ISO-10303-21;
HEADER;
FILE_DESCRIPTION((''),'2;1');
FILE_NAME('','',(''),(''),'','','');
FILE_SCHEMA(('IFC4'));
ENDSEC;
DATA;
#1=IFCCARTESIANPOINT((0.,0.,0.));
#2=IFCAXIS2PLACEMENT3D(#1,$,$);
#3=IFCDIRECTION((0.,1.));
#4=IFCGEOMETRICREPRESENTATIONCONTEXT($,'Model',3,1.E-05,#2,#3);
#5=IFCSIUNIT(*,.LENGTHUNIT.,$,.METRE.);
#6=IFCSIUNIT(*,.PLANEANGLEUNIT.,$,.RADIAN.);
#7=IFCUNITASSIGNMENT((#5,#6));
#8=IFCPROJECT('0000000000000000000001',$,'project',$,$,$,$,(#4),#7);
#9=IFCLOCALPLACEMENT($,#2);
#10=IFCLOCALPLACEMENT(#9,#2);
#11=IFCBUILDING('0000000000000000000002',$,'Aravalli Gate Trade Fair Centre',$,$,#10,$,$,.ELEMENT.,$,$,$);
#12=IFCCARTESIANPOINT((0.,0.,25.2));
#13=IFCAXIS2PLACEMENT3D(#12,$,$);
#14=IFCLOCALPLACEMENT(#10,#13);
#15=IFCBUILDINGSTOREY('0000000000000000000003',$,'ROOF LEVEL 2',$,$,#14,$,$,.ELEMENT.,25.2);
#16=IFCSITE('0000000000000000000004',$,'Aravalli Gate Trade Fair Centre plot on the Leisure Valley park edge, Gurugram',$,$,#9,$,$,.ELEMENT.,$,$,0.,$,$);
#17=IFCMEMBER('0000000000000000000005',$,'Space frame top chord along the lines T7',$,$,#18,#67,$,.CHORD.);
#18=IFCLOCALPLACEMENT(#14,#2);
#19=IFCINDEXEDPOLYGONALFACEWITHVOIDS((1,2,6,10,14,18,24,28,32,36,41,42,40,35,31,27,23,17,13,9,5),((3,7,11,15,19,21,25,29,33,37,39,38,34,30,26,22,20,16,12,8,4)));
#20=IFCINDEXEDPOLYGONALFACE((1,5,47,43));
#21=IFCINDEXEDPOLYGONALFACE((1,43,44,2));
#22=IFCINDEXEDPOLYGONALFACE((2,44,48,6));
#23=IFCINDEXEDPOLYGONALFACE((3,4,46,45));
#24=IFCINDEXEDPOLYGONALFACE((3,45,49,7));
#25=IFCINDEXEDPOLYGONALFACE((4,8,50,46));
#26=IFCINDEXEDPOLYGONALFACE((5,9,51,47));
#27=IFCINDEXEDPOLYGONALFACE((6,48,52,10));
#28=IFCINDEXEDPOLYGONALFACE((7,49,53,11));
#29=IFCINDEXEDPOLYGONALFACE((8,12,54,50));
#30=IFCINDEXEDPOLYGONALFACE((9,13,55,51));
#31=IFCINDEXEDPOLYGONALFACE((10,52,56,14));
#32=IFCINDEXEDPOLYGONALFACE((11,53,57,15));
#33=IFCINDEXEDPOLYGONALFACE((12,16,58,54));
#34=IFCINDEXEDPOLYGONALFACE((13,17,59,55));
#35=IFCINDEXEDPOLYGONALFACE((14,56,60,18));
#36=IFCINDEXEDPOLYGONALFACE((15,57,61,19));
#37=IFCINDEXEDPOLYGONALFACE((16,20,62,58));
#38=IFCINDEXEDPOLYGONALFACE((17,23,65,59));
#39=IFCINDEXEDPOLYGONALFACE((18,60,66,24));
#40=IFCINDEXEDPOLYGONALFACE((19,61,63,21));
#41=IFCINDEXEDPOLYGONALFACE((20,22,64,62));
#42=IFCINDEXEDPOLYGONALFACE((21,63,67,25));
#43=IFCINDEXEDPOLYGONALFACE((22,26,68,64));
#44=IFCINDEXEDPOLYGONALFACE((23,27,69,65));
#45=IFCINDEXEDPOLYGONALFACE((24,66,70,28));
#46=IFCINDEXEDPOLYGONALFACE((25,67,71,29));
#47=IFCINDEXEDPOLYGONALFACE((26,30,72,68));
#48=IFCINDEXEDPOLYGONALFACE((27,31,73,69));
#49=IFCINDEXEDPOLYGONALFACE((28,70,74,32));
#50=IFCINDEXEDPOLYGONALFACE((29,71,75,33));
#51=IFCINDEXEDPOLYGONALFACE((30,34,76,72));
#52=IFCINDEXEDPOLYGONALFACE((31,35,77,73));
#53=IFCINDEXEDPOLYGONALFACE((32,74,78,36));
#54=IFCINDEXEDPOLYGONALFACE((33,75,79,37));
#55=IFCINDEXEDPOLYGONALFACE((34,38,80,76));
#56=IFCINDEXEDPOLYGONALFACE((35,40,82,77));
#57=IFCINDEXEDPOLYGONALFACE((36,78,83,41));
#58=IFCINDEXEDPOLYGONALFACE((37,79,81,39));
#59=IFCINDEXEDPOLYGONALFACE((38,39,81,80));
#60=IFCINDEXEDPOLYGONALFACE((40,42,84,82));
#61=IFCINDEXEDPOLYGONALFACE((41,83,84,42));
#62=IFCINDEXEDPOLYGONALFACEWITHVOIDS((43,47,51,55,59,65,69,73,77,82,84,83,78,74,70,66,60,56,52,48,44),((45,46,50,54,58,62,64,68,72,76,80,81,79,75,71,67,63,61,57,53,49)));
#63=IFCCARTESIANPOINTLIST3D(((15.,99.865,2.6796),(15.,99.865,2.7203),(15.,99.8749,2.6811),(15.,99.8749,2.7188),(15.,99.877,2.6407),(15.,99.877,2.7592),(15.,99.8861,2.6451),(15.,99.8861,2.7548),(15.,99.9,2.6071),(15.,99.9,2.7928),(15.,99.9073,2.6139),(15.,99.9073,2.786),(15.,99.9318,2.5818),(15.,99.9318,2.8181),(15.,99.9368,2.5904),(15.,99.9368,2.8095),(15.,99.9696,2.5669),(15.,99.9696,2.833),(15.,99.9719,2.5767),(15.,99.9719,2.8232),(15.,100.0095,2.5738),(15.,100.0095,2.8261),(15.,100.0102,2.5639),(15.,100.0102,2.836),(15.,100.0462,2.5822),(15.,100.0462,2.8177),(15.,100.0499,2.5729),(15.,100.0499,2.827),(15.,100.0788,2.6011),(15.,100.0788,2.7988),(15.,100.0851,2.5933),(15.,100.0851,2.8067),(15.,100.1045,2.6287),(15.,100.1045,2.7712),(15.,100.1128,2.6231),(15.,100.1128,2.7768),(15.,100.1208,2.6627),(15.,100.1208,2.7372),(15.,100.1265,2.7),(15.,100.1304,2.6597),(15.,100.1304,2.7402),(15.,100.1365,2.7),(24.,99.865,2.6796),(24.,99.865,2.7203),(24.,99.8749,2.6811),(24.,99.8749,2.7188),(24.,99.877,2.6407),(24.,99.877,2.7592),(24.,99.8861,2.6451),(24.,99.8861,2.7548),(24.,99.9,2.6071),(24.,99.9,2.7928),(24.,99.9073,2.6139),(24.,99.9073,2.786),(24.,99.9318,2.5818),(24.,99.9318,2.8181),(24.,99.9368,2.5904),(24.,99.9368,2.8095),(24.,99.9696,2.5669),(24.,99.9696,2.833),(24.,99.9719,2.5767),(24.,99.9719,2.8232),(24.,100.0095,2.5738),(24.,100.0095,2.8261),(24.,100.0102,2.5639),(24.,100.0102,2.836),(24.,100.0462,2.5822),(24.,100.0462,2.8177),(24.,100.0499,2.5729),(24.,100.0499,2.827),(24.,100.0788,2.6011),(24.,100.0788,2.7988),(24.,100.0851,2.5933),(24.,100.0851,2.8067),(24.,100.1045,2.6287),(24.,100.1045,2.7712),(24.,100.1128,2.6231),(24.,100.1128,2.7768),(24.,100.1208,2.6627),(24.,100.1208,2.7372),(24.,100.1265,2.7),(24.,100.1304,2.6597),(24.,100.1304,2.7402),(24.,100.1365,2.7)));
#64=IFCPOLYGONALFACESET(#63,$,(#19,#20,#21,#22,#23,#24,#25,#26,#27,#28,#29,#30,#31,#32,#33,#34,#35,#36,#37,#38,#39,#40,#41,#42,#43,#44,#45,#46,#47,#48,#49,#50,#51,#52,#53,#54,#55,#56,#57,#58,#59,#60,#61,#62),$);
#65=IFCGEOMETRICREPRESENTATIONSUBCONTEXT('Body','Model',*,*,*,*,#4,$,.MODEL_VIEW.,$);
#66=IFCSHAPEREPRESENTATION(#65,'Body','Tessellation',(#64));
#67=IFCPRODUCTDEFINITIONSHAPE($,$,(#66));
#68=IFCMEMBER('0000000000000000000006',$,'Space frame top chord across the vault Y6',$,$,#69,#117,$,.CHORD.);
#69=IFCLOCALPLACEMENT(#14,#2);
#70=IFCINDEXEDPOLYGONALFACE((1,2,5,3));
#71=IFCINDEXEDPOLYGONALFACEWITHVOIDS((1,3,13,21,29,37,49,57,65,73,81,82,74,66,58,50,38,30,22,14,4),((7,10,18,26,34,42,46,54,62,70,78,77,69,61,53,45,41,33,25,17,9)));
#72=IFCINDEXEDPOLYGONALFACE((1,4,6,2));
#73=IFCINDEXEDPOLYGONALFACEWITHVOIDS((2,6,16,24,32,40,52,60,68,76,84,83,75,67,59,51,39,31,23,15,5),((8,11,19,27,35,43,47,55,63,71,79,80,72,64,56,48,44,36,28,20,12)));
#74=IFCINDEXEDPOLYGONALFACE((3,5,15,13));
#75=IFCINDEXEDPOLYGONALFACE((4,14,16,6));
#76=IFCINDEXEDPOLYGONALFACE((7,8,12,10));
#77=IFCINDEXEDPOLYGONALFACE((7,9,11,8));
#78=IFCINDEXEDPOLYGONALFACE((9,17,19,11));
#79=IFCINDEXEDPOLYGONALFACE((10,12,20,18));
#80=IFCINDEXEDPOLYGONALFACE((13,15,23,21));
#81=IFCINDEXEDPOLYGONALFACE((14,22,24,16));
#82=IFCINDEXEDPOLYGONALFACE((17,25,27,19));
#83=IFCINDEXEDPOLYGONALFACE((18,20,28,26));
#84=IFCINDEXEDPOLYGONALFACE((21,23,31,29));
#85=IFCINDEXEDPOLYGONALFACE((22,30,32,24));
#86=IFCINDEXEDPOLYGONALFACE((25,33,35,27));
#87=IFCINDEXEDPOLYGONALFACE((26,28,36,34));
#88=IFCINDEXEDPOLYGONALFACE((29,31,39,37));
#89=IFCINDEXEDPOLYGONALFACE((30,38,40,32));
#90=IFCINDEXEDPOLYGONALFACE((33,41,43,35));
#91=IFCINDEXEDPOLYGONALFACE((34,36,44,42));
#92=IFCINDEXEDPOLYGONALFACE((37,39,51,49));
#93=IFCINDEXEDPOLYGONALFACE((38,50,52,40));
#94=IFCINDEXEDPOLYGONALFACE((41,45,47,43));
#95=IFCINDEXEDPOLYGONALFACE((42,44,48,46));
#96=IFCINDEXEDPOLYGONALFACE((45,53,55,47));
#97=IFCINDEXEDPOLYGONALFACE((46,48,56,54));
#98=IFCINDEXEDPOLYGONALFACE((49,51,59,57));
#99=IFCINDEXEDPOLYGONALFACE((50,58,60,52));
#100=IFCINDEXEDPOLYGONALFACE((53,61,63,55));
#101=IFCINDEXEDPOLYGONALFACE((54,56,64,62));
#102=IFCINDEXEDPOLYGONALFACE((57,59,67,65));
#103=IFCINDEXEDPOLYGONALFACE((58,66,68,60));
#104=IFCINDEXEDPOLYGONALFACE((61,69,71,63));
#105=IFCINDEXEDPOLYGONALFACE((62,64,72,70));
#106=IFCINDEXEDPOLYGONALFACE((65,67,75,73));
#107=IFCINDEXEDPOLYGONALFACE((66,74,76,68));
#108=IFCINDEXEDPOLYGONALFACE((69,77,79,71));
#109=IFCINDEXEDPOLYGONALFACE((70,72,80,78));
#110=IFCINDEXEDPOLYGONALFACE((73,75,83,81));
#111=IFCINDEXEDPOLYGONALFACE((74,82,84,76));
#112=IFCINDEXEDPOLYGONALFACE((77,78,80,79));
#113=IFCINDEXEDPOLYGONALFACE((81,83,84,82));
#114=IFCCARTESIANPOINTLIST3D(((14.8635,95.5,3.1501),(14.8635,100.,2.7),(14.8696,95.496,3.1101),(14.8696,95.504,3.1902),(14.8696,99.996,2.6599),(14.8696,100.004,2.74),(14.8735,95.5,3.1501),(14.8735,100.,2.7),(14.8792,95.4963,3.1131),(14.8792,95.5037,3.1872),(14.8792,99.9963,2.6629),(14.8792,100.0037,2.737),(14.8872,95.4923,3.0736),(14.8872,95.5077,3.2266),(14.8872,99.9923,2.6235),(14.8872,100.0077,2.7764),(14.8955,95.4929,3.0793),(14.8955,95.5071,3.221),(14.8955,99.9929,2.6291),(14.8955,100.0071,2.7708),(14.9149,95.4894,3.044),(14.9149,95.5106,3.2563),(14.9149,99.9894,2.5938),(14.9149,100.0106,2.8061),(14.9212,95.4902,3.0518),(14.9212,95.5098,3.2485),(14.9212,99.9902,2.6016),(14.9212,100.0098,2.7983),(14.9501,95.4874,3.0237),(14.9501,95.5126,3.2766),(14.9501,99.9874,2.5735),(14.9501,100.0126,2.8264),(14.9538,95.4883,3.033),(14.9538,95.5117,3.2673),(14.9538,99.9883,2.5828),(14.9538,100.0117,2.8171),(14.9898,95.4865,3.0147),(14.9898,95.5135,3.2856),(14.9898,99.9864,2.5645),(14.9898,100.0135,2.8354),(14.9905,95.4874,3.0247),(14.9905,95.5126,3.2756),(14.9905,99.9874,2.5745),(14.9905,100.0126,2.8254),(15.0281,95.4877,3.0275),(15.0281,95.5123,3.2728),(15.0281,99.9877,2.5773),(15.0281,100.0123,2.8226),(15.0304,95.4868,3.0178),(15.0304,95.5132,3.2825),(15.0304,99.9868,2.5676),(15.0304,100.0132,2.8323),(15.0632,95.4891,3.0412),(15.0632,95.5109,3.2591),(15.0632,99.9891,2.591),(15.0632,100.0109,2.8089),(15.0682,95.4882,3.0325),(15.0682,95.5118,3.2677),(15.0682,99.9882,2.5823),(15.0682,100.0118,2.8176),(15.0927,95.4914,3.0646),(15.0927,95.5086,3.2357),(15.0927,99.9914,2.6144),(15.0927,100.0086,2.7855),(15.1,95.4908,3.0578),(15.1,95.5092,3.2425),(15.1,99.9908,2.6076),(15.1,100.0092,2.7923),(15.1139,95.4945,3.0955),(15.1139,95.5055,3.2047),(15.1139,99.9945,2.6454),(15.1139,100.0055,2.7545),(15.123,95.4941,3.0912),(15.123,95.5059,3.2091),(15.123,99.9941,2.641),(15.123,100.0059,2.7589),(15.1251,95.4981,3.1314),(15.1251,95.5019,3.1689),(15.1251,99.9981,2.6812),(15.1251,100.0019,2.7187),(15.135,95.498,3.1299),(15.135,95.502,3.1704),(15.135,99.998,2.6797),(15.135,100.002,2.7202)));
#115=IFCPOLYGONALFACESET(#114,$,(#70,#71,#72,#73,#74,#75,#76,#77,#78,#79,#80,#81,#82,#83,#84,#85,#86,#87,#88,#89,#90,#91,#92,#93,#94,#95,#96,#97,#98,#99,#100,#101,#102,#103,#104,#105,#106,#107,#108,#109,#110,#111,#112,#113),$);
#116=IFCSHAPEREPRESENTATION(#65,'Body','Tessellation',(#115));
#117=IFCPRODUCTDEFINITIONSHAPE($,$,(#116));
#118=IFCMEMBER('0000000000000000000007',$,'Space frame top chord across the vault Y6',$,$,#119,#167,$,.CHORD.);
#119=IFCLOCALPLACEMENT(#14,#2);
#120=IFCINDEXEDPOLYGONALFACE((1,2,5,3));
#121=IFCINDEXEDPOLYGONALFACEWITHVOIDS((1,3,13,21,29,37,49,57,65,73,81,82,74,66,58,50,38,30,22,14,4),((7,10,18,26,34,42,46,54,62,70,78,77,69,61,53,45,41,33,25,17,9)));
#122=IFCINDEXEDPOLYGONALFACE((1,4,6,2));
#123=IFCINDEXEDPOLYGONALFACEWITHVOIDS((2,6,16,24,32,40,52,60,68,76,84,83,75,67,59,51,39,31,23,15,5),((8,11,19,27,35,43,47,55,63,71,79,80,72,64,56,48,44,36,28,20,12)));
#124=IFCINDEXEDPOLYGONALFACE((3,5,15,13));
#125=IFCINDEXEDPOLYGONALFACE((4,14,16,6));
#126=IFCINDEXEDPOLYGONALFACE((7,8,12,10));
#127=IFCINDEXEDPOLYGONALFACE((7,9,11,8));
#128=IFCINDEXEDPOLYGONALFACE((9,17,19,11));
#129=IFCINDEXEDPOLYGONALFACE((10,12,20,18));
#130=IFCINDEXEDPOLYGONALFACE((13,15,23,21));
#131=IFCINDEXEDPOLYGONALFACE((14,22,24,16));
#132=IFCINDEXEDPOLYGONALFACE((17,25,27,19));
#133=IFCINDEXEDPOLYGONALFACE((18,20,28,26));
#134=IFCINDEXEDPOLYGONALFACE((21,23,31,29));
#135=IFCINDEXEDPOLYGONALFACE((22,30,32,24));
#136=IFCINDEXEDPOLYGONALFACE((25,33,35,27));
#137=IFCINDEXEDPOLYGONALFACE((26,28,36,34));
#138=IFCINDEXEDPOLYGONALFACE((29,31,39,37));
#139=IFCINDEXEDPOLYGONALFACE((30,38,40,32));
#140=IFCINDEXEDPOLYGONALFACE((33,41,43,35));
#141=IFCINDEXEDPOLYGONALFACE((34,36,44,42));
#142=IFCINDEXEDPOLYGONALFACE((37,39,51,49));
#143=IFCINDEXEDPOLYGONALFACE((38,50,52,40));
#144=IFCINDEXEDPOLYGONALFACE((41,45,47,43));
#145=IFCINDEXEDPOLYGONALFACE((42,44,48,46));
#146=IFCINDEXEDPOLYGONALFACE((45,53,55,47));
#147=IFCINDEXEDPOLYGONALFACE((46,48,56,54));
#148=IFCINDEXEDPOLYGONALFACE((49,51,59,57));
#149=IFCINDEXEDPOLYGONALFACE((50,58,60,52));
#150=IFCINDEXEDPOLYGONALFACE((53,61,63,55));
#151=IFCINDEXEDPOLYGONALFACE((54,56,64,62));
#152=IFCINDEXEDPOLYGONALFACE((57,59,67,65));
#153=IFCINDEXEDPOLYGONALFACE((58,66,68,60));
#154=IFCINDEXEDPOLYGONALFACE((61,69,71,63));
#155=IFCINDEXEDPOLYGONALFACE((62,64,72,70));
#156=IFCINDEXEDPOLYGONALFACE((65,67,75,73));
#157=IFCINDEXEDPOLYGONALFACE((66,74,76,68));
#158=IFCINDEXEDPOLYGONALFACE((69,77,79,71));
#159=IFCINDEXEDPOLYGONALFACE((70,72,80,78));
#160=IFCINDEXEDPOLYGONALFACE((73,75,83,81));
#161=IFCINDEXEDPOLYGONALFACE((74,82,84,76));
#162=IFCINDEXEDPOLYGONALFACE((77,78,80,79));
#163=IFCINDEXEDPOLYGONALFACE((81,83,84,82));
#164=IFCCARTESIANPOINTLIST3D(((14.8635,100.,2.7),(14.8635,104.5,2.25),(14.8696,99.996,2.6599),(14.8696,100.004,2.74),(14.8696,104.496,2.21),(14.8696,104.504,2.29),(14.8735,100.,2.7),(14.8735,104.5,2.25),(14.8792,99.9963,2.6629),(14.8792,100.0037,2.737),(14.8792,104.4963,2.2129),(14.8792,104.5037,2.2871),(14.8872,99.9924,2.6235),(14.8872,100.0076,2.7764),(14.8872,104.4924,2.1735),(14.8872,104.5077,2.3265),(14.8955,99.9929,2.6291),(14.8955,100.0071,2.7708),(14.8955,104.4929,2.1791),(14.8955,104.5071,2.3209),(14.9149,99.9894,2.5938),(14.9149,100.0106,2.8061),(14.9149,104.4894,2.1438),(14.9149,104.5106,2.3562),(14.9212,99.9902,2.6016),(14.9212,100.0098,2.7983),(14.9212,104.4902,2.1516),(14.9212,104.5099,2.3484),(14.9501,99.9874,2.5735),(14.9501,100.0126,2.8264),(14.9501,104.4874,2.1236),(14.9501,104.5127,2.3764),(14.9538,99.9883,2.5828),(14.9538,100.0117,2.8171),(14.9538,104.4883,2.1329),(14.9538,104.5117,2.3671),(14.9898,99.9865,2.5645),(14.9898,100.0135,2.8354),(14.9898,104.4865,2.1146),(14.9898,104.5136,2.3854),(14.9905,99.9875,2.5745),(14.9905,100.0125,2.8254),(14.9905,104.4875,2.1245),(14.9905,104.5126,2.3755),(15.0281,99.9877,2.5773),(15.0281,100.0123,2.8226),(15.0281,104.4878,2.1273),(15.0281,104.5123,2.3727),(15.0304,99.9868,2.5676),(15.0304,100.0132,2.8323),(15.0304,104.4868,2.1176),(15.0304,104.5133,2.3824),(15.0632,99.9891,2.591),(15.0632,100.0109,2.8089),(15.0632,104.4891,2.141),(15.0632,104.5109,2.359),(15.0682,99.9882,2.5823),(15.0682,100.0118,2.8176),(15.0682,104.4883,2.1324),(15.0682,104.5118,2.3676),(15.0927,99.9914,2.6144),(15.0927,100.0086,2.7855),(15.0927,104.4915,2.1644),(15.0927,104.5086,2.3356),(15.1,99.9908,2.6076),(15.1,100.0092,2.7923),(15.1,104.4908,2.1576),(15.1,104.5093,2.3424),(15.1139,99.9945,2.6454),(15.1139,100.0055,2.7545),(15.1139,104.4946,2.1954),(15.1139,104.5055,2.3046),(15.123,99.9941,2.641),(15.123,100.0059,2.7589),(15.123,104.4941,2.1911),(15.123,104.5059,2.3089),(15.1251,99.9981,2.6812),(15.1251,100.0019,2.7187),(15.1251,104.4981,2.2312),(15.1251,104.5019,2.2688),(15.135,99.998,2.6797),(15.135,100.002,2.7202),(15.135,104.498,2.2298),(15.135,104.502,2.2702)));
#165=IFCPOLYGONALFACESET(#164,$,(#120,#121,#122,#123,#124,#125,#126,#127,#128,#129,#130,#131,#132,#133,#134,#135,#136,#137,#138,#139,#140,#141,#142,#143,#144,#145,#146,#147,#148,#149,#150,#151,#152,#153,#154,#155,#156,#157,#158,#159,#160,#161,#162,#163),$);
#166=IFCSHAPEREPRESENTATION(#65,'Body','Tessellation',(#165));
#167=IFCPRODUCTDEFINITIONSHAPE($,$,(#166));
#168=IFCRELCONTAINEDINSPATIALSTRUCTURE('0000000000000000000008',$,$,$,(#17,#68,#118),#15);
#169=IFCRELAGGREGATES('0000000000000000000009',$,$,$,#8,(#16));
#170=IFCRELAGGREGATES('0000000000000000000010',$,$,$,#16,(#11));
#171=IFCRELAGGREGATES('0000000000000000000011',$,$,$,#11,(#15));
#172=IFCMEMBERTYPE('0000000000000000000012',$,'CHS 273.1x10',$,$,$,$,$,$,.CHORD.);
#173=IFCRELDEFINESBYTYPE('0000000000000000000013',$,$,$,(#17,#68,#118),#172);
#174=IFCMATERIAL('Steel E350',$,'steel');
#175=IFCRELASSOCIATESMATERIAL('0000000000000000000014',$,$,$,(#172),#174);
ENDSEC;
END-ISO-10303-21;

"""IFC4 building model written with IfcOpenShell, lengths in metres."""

from ifc_helpers import new_model, si_unit, direction, frame, origin, origin_2d, place, context, subcontext, project, spatial, hollow_circle, extrude, material, material_profile, profile_set, type_object, element, save


model = new_model("IFC4")

# Units and contexts
model_context = context("Model", 3, precision=1e-05, world=origin(), true_north=direction((0.0, 1.0)))
body_context = subcontext(model_context, "Body", "Model", "MODEL_VIEW")
ifc_project = project(units=[si_unit("LENGTHUNIT", "METRE"), si_unit("PLANEANGLEUNIT", "RADIAN")], contexts=[model_context])

# Site, building, storey
site_placement = place(None, origin())
site = spatial("IfcSite", under=ifc_project, at=site_placement, Name="Aravalli Gate Trade Fair Centre plot on the Leisure Valley park edge, Gurugram", CompositionType="ELEMENT", RefElevation=0.0)
building_placement = place(site_placement, origin())
building = spatial("IfcBuilding", under=site, at=building_placement, Name="Aravalli Gate Trade Fair Centre", CompositionType="ELEMENT")
storey_placement = place(building_placement, frame((0.0, 0.0, 25.2)))
storey = spatial("IfcBuildingStorey", under=building, at=storey_placement, Name="ROOF LEVEL 2", CompositionType="ELEMENT", Elevation=25.2)

# Members
ifc_material_1 = material(Name="Steel E350", Category="steel")
ifc_material_profile_1 = material_profile(ifc_material_1, hollow_circle(Radius=0.1365, WallThickness=0.01, at=origin_2d()), Name="CHS 273.1x10")
ifc_profile_set_1 = profile_set([ifc_material_profile_1], Name="Steel E350")
member_type_1 = type_object("IfcMemberType", Name="CHS 273.1x10", PredefinedType="CHORD", material=ifc_profile_set_1)
for number, where, z_axis, x_axis, name in (
    (1, (15.0, 100.0, 2.7), (1.0, 0.0, 0.0), (0.0, 1.0, 0.0), "Space frame top chord along the lines T7"),
):
    element("IfcMember", number, at=place(storey_placement, frame(where, z_axis=z_axis, x_axis=x_axis)), inside=storey, type_object=member_type_1, Name=name, PredefinedType="CHORD", context=body_context, shape_type="SweptSolid", body=[
        extrude(hollow_circle(Radius=0.1365, WallThickness=0.01, at=origin_2d()), origin(), (0.0, 0.0, 1.0), 9.0),
    ])
for number, where, z_axis, x_axis, name in (
    (2, (15.0, 95.5, 3.1501), (0.0, 0.995033, -0.099546), (-1.0, 0.0, 0.0), "Space frame top chord across the vault Y6"),
    (3, (15.0, 100.0, 2.7), (0.0, 0.995038, -0.099493), (-1.0, 0.0, 0.0), "Space frame top chord across the vault Y6"),
):
    element("IfcMember", number, at=place(storey_placement, frame(where, z_axis=z_axis, x_axis=x_axis)), inside=storey, type_object=member_type_1, Name=name, PredefinedType="CHORD", context=body_context, shape_type="SweptSolid", body=[
        extrude(hollow_circle(Radius=0.1365, WallThickness=0.01, at=origin_2d()), origin(), (0.0, 0.0, 1.0), 4.5225),
    ])

save(model, "model.ifc")
